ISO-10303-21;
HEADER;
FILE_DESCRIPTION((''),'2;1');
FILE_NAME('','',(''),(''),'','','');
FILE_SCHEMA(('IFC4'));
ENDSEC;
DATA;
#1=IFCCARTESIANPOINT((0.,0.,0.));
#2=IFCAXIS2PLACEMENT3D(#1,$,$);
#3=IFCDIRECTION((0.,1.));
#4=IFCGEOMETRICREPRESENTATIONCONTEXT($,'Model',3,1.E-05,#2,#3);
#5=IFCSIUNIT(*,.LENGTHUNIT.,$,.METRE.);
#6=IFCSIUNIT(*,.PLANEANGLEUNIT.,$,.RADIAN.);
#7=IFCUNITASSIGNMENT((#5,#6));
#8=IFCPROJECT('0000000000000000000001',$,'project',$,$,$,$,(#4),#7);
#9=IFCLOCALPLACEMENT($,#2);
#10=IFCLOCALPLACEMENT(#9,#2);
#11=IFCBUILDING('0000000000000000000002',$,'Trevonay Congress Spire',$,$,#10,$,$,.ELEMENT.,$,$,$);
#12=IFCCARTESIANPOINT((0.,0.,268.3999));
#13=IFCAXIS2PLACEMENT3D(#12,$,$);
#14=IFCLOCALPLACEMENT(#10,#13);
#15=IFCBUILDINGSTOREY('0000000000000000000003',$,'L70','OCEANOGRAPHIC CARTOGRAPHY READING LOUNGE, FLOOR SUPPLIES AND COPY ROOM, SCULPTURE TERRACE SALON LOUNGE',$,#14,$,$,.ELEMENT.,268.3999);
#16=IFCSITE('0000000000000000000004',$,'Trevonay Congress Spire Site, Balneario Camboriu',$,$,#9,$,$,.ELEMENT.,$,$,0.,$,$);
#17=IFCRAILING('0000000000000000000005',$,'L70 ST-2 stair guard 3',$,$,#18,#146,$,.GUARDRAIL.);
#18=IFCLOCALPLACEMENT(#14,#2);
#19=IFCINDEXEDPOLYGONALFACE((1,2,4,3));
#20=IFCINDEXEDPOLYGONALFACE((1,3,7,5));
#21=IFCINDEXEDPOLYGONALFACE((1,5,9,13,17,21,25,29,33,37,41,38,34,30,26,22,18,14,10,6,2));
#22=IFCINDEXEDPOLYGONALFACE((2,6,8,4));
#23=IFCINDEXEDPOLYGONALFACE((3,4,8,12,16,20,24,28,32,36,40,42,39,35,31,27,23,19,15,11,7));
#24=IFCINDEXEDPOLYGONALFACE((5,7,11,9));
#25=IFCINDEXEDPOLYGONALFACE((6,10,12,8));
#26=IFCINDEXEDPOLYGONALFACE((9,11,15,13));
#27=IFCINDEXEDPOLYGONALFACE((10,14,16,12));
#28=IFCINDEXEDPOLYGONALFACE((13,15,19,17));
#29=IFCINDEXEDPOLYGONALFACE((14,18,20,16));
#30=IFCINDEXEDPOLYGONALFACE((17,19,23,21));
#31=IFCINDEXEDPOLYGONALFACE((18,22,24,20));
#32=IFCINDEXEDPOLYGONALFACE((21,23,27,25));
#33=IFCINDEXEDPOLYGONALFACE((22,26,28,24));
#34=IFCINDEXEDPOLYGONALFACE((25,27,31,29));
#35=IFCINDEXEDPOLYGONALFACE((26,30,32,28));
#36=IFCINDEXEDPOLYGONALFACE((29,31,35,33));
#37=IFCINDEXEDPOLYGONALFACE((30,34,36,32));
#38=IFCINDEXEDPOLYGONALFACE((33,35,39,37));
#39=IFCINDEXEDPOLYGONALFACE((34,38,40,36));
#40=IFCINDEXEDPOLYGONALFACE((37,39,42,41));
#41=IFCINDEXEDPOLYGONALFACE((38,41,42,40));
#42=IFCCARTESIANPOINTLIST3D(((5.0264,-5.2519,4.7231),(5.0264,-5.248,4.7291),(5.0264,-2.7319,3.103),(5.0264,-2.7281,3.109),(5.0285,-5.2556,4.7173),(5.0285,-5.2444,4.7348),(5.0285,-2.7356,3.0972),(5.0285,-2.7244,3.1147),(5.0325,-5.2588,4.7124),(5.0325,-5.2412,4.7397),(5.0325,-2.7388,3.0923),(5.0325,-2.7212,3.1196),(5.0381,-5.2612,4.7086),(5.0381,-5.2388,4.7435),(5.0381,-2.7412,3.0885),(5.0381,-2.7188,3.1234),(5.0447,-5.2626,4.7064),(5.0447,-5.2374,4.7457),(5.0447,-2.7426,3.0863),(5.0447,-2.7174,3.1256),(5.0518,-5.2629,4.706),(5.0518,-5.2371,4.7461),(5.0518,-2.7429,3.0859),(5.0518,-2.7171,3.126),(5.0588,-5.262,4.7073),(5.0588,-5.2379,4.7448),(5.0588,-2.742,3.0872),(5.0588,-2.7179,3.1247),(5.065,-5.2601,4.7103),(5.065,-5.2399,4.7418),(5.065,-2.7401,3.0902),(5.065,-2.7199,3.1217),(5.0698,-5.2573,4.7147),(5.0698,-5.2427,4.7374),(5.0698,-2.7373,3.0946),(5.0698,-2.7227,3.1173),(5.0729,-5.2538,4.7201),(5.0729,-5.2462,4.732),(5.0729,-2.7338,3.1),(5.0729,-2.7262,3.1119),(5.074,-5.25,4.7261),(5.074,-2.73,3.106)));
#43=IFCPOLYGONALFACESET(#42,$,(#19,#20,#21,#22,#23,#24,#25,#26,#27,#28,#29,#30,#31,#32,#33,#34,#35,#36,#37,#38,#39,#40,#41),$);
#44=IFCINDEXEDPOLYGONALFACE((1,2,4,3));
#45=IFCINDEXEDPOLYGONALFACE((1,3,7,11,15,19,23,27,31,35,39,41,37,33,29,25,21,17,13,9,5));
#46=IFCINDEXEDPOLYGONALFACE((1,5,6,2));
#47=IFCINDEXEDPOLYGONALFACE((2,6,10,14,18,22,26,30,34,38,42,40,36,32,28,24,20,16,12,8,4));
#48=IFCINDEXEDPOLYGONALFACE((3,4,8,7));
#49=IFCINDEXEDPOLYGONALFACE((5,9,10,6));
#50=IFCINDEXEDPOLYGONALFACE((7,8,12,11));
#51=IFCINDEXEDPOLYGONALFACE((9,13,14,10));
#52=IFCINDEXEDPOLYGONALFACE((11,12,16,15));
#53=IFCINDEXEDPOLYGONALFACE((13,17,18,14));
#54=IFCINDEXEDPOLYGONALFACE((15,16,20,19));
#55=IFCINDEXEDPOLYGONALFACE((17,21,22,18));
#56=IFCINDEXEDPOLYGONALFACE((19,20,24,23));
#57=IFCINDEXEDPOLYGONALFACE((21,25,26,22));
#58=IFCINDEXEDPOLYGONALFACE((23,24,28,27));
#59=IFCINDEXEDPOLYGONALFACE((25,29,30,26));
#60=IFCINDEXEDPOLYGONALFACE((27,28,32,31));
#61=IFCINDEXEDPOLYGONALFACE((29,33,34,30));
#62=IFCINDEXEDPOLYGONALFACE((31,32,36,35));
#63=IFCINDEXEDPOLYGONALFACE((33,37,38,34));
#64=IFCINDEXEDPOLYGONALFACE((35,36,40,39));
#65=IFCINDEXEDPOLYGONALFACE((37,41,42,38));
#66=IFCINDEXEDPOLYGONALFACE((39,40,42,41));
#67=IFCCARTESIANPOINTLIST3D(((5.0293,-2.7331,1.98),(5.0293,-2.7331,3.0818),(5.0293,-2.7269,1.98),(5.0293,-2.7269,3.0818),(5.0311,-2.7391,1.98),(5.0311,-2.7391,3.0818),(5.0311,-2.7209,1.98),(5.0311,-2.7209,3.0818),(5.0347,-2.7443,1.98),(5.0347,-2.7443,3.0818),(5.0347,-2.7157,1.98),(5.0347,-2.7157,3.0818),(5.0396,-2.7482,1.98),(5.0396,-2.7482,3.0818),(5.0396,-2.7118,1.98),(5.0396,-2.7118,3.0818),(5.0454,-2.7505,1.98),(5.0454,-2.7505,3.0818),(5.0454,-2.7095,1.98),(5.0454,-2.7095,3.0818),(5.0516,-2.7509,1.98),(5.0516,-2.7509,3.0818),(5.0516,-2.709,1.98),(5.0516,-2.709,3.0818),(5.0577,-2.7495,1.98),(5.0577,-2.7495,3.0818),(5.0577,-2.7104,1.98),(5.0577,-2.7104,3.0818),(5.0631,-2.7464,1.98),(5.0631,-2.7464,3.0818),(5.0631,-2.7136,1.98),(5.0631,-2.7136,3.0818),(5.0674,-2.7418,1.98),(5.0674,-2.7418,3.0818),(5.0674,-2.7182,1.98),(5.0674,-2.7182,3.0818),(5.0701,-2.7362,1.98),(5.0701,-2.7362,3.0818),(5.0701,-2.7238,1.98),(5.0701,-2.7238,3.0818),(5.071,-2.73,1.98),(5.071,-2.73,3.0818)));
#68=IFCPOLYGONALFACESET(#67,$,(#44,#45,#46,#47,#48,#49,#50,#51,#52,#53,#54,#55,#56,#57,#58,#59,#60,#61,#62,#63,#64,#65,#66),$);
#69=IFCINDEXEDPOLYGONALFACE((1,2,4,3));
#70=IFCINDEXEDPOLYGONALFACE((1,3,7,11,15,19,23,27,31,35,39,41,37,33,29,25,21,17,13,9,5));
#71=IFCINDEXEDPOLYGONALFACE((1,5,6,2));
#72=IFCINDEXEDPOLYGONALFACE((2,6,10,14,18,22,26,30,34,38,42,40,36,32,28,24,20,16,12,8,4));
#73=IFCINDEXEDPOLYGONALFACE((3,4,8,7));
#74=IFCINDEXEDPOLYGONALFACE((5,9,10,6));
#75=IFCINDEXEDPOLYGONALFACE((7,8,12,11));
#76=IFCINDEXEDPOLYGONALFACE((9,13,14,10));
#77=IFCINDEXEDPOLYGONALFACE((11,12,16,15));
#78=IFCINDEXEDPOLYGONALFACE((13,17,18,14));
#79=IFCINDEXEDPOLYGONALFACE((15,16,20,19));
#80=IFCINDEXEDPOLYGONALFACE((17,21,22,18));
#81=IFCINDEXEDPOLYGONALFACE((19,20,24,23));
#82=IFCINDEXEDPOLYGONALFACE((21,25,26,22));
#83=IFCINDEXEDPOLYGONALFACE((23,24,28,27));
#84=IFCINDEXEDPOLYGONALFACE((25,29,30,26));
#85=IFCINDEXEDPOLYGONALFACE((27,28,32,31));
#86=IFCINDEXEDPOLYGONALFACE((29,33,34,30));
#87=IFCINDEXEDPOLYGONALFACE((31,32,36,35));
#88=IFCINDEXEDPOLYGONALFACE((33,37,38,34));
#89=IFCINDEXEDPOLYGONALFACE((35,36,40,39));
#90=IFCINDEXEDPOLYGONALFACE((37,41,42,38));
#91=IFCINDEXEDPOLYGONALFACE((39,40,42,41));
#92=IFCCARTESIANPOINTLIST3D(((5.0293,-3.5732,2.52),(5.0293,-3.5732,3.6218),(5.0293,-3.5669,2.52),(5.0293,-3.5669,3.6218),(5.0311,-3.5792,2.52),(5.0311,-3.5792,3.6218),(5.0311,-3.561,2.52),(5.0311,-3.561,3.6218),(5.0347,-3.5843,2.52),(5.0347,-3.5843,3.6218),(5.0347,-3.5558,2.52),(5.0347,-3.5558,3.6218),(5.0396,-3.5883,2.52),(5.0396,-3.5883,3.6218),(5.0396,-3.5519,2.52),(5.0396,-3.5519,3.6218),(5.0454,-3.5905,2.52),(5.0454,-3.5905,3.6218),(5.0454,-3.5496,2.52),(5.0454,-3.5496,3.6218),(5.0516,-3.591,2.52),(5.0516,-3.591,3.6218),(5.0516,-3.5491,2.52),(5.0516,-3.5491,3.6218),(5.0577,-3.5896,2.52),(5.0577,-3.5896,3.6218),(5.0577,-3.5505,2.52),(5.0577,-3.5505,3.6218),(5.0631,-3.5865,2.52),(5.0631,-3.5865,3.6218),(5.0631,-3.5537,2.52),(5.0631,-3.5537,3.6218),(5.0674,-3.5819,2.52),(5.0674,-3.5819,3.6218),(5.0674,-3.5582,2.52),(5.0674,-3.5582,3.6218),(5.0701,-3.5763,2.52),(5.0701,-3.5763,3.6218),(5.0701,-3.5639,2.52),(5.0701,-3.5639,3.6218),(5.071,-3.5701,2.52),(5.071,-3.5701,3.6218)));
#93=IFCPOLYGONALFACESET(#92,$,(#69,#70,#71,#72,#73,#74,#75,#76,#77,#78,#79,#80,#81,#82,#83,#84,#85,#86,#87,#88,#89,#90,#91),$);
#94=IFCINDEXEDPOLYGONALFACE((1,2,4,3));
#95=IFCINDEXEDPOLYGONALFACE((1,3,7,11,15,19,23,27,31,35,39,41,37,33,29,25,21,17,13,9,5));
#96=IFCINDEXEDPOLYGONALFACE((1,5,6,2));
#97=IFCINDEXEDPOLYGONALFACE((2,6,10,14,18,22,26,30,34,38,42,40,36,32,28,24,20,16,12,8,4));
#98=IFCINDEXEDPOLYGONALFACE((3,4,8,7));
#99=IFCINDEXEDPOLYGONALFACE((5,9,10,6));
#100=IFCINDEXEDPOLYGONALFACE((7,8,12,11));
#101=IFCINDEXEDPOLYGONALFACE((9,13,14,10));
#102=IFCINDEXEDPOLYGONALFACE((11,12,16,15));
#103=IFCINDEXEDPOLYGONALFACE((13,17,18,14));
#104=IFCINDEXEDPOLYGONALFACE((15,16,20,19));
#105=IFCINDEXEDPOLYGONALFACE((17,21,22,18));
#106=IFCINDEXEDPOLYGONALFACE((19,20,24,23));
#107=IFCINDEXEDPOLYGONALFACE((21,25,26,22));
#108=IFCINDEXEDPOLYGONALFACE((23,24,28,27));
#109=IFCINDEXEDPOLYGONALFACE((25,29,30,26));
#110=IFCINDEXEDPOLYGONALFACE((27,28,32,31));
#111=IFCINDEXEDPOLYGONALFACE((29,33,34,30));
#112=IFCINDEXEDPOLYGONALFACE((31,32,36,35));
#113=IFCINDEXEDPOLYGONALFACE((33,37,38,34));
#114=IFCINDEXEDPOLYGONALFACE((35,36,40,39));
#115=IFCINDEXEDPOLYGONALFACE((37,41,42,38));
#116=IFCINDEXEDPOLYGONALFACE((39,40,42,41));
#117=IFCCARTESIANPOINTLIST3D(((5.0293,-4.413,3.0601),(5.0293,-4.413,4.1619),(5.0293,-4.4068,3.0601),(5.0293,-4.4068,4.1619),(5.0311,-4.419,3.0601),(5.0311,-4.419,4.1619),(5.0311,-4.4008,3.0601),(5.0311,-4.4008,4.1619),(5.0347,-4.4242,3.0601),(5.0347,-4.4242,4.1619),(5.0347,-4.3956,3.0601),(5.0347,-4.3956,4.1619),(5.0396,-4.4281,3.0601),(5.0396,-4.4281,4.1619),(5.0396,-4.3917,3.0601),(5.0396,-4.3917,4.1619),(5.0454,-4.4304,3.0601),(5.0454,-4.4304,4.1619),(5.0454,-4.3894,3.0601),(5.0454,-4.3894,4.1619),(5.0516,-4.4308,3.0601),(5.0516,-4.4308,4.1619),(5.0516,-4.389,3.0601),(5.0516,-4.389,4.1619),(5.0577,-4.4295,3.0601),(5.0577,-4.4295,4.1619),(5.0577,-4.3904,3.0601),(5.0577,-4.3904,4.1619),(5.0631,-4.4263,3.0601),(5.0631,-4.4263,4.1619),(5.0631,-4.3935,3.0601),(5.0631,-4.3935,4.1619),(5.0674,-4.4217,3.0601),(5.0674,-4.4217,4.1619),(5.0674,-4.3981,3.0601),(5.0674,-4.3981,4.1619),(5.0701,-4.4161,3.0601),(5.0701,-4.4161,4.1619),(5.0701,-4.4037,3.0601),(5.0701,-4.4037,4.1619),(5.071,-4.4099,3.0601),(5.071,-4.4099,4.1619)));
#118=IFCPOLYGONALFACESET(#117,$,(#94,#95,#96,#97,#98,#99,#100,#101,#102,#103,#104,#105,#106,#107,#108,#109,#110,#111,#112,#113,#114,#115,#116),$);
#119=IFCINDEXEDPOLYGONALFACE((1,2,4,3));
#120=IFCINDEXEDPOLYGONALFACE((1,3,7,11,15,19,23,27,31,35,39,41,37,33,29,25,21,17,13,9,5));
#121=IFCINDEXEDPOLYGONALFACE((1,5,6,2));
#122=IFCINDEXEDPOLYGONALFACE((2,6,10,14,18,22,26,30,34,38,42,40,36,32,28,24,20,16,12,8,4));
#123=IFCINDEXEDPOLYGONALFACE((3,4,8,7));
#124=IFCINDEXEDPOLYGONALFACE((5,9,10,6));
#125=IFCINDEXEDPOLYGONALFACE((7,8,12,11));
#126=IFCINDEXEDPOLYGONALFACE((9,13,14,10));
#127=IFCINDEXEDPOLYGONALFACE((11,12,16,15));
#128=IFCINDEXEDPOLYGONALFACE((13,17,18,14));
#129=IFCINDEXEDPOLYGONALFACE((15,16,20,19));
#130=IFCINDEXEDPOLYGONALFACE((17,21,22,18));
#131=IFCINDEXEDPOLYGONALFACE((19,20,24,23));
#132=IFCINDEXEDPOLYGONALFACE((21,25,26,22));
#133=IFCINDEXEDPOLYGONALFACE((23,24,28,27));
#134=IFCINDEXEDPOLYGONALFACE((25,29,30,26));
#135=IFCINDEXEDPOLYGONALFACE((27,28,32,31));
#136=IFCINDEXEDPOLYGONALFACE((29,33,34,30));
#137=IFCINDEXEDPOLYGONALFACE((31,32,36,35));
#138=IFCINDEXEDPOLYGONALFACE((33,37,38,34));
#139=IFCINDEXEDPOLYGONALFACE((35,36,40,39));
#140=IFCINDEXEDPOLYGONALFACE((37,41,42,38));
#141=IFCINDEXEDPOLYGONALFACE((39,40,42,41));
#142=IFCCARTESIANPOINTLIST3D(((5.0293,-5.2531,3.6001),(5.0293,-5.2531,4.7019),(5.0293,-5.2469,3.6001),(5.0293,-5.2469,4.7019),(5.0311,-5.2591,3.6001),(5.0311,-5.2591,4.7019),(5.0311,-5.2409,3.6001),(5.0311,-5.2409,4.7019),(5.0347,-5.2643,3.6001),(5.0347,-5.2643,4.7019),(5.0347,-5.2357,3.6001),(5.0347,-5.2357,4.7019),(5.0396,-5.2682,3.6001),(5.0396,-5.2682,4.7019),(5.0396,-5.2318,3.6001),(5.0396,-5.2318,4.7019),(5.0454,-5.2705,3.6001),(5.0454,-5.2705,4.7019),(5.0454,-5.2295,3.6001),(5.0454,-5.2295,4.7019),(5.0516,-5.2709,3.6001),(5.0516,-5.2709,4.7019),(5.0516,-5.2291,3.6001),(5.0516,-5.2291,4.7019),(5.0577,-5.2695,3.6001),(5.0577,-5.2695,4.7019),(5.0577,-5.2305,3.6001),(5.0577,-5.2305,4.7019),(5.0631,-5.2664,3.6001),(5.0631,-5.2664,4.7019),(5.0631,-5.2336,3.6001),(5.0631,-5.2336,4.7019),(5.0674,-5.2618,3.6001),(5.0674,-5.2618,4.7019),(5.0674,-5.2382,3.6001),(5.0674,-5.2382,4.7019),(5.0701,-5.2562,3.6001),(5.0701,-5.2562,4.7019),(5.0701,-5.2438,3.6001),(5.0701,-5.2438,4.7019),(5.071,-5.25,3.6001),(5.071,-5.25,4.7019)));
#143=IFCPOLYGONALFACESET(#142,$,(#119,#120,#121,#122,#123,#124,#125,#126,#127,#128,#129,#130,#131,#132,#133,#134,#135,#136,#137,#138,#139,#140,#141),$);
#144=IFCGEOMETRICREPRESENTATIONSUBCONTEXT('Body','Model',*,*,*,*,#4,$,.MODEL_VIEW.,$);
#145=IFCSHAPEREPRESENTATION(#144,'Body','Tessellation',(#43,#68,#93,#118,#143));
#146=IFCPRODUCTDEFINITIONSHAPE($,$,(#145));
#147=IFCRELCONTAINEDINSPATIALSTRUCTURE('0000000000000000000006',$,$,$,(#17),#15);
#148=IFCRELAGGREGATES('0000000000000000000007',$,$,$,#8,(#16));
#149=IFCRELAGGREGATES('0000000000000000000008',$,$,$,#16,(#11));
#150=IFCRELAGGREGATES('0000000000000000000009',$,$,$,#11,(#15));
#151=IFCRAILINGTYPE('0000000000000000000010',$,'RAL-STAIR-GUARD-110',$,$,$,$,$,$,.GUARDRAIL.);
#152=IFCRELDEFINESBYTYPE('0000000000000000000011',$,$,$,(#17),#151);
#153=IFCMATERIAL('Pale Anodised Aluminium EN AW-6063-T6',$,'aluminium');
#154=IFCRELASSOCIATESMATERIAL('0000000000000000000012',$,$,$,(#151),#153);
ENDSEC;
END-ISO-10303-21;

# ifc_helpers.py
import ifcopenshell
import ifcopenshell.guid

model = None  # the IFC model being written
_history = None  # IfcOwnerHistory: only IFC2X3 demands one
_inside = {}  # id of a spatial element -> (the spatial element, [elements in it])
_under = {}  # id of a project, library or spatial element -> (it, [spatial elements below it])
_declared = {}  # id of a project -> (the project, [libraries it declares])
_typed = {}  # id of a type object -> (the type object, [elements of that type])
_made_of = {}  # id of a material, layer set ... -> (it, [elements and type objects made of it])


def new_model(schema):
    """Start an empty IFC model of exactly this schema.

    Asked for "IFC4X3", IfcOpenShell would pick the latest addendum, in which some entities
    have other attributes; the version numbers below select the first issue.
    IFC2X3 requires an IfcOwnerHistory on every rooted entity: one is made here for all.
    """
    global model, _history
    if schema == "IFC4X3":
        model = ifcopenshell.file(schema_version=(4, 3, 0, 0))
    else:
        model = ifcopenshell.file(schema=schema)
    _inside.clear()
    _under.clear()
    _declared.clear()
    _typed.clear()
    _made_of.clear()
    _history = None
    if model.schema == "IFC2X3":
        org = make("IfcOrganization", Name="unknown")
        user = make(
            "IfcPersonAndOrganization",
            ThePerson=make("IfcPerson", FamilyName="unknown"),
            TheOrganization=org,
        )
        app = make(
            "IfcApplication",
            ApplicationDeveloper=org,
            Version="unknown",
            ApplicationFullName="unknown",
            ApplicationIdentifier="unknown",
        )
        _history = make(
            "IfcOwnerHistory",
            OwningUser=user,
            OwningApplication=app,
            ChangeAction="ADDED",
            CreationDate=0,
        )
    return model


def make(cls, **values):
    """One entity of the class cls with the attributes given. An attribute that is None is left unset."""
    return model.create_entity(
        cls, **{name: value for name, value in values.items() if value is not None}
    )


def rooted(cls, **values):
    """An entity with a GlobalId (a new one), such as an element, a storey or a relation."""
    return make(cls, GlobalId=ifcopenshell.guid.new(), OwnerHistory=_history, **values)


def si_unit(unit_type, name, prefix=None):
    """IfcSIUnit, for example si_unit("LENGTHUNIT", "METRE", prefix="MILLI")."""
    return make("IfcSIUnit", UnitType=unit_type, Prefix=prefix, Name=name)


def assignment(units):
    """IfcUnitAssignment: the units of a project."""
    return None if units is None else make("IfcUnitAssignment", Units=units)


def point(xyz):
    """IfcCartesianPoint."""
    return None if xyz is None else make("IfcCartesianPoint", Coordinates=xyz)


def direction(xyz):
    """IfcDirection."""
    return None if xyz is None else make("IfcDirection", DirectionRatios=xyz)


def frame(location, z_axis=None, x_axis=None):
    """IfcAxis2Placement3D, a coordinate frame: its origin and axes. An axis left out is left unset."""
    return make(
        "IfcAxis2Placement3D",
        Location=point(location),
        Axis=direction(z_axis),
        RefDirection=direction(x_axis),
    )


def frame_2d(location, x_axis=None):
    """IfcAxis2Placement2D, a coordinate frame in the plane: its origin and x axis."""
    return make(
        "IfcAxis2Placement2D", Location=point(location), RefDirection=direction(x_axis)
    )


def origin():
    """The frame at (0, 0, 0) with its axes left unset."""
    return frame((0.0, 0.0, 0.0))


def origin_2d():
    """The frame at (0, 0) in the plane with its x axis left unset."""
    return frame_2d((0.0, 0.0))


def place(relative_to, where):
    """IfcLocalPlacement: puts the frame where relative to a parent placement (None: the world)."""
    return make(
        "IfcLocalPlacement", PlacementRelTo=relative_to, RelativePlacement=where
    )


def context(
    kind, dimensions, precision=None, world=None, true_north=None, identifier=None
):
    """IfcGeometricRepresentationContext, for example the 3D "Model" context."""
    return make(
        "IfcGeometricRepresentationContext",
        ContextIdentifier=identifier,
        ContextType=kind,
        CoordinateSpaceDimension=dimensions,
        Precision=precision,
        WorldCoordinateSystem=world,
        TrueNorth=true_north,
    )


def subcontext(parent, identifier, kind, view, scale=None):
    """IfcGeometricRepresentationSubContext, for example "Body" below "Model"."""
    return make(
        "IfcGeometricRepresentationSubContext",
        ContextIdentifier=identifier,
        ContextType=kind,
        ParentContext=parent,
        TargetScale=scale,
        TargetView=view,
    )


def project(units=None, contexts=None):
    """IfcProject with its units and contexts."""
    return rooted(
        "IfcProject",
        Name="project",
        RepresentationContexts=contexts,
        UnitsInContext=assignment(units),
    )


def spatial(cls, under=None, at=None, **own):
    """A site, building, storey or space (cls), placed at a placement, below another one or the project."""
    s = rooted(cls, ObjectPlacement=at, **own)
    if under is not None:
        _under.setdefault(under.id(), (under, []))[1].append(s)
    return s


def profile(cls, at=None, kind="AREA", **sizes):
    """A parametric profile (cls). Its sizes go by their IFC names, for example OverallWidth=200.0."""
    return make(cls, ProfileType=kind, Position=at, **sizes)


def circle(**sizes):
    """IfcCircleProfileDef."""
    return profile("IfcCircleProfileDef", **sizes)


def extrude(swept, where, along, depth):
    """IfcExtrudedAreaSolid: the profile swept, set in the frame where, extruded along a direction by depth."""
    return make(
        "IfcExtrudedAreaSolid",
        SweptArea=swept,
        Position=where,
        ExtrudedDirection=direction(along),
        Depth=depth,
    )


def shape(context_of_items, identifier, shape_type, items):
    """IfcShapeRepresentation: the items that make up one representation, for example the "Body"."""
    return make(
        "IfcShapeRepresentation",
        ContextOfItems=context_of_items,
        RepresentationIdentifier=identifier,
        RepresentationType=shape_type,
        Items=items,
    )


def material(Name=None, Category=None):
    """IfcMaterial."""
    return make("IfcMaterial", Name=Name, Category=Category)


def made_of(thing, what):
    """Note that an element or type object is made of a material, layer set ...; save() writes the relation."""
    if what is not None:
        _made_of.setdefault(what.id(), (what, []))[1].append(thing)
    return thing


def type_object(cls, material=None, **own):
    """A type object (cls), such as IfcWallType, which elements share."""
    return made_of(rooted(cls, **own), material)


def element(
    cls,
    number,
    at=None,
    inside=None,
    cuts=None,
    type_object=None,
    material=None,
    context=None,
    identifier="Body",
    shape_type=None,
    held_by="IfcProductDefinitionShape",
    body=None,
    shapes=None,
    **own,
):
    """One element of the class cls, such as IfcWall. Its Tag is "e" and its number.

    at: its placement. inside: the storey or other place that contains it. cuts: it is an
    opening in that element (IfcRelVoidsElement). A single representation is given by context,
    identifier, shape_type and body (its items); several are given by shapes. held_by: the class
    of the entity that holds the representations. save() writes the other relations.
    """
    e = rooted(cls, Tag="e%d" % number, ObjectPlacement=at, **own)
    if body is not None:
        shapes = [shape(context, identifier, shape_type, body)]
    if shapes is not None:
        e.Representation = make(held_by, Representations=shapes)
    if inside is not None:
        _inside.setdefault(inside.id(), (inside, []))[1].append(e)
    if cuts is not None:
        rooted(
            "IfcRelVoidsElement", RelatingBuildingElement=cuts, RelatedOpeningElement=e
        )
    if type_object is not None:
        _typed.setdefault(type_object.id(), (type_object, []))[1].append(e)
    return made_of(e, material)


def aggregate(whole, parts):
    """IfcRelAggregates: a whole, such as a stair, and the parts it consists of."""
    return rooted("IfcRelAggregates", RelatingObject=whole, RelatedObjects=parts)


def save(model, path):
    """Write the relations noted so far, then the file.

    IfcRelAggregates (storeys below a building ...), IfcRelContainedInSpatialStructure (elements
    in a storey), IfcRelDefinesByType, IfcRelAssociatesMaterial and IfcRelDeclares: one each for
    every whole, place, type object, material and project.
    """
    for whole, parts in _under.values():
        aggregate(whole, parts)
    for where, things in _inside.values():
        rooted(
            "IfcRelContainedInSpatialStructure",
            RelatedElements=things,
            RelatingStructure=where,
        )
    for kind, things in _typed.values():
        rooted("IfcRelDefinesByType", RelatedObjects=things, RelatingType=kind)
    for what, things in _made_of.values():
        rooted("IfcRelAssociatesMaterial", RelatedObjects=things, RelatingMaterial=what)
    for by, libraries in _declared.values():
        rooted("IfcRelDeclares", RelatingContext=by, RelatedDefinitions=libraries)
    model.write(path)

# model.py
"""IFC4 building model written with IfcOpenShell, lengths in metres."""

from ifc_helpers import new_model, si_unit, direction, frame, origin, origin_2d, place, context, subcontext, project, spatial, circle, extrude, material, type_object, element, save


model = new_model("IFC4")

# Units and contexts
model_context = context("Model", 3, precision=1e-05, world=origin(), true_north=direction((0.0, 1.0)))
body_context = subcontext(model_context, "Body", "Model", "MODEL_VIEW")
ifc_project = project(units=[si_unit("LENGTHUNIT", "METRE"), si_unit("PLANEANGLEUNIT", "RADIAN")], contexts=[model_context])

# Site, building, storey
site_placement = place(None, origin())
site = spatial("IfcSite", under=ifc_project, at=site_placement, Name="Trevonay Congress Spire Site, Balneario Camboriu", CompositionType="ELEMENT", RefElevation=0.0)
building_placement = place(site_placement, origin())
building = spatial("IfcBuilding", under=site, at=building_placement, Name="Trevonay Congress Spire", CompositionType="ELEMENT")
storey_placement = place(building_placement, frame((0.0, 0.0, 268.3999)))
storey = spatial("IfcBuildingStorey", under=building, at=storey_placement, Name="L70", Description="OCEANOGRAPHIC CARTOGRAPHY READING LOUNGE, FLOOR SUPPLIES AND COPY ROOM, SCULPTURE TERRACE SALON LOUNGE", CompositionType="ELEMENT", Elevation=268.3999)

# Shared definitions
ifc_material_1 = material(Name="Pale Anodised Aluminium EN AW-6063-T6", Category="aluminium")

# Railing
railing_type_1 = type_object("IfcRailingType", Name="RAL-STAIR-GUARD-110", PredefinedType="GUARDRAIL", material=ifc_material_1)
railing_1_placement = place(storey_placement, frame((5.05, -2.73, 1.98)))
element("IfcRailing", 1, at=railing_1_placement, inside=storey, type_object=railing_type_1, Name="L70 ST-2 stair guard 3", PredefinedType="GUARDRAIL", context=body_context, shape_type="SweptSolid", body=[
    extrude(circle(Radius=0.0239, at=origin_2d()), frame((0.0, 0.0, 1.126), z_axis=(0.0, -0.841163, 0.540782), x_axis=(1.0, 0.0, 0.0)), (0.0, 0.0, 1.0), 2.9958),
    extrude(circle(Radius=0.021, at=origin_2d()), origin(), (0.0, 0.0, 1.0), 1.1018),
    extrude(circle(Radius=0.021, at=origin_2d()), frame((0.0, -0.8401, 0.54)), (0.0, 0.0, 1.0), 1.1018),
    extrude(circle(Radius=0.021, at=origin_2d()), frame((0.0, -1.6799, 1.0801)), (0.0, 0.0, 1.0), 1.1018),
    extrude(circle(Radius=0.021, at=origin_2d()), frame((0.0, -2.52, 1.6201)), (0.0, 0.0, 1.0), 1.1018),
])

save(model, "model.ifc")
